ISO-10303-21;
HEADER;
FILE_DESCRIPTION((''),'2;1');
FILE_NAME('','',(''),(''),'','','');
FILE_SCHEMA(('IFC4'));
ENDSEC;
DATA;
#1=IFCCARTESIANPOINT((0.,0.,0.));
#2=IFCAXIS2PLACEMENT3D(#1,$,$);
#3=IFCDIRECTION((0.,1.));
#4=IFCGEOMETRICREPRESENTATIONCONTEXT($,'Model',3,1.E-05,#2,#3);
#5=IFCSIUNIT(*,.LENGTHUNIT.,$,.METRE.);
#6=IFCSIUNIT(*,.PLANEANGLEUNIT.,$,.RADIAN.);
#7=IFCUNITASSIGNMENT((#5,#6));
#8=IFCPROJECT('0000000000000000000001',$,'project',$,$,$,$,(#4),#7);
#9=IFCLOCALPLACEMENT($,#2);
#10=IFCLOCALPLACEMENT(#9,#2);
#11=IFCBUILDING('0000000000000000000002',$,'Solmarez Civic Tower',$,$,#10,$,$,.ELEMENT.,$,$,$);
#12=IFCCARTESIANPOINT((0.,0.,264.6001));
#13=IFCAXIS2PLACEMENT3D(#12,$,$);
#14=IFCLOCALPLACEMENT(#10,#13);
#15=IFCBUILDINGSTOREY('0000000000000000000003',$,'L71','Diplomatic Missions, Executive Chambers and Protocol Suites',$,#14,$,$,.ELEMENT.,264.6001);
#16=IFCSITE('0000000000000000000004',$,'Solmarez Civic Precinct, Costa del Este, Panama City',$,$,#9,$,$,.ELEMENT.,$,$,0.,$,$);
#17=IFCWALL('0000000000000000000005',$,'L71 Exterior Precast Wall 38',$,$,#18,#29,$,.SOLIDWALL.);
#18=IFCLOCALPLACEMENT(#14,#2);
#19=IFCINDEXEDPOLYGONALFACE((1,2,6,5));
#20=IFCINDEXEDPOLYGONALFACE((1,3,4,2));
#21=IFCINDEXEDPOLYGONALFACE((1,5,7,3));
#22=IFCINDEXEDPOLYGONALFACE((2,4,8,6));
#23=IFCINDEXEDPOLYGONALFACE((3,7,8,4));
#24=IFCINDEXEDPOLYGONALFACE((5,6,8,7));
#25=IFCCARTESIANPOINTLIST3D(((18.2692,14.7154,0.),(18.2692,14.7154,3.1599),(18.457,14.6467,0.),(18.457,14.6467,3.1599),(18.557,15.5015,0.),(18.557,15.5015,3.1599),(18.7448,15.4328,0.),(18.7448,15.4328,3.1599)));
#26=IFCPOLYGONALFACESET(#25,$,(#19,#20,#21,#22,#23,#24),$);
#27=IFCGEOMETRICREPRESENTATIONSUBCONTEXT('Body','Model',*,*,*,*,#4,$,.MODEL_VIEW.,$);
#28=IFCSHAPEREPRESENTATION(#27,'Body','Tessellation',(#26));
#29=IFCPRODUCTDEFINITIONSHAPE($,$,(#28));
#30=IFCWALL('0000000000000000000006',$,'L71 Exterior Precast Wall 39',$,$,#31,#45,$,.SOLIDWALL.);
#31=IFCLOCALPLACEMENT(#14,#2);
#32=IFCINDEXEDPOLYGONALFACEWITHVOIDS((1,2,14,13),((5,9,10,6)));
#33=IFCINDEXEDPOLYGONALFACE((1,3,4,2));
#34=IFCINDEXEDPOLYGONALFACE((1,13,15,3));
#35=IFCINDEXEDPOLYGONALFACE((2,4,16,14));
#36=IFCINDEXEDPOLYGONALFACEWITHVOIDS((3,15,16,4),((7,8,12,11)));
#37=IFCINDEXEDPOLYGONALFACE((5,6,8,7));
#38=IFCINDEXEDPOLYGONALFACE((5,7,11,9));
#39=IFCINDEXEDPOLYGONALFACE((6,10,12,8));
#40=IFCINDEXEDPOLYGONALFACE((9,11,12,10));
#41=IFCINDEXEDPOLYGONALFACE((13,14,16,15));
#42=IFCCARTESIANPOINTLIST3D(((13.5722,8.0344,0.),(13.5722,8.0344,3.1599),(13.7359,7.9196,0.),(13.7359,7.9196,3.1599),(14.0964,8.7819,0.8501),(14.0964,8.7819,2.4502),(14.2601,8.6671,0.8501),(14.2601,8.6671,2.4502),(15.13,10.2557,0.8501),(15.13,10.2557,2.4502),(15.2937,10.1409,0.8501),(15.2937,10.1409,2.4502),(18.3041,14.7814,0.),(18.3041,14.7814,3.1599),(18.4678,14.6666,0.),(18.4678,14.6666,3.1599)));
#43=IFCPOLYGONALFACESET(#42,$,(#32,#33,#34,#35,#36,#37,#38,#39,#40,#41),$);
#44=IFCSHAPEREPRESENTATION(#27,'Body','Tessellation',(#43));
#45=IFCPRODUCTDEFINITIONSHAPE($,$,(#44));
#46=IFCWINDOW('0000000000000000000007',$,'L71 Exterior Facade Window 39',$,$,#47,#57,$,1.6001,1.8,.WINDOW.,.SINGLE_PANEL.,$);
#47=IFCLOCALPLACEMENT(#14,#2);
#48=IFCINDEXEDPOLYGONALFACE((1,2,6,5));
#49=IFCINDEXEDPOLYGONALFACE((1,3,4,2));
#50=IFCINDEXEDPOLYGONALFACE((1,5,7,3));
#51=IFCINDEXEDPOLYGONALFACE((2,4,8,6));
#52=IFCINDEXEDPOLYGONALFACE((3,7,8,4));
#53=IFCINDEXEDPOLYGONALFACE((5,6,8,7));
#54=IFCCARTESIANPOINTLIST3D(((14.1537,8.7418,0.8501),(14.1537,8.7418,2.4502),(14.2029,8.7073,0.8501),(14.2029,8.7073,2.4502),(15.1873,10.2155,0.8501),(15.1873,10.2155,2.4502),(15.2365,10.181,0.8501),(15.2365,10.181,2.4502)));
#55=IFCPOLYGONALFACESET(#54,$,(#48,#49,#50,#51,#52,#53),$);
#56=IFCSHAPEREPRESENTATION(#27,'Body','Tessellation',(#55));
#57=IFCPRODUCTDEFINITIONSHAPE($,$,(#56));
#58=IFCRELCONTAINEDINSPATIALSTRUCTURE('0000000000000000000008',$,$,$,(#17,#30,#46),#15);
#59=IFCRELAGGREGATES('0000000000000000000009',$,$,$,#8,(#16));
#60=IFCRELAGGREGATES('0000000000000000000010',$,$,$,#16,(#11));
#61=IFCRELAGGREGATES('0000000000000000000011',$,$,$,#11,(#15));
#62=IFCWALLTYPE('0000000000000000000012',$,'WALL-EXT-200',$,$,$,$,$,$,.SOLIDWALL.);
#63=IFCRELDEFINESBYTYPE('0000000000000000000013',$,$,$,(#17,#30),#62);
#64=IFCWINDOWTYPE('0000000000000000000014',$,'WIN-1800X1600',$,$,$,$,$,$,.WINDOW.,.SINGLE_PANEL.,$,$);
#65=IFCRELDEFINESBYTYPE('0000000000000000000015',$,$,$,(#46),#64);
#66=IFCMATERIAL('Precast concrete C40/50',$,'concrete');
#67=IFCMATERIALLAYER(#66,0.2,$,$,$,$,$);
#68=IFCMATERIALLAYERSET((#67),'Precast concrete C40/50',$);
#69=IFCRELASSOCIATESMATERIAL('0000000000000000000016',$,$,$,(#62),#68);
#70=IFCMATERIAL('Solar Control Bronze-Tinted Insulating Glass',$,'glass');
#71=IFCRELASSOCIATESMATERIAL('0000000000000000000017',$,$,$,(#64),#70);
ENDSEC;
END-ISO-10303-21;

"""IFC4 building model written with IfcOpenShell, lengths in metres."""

from ifc_helpers import new_model, si_unit, direction, frame, frame_2d, origin, place, context, subcontext, project, spatial, rectangle, extrude, material, layer, layer_set, type_object, element, fill, save


model = new_model("IFC4")

# Units and contexts
model_context = context("Model", 3, precision=1e-05, world=origin(), true_north=direction((0.0, 1.0)))
body_context = subcontext(model_context, "Body", "Model", "MODEL_VIEW")
ifc_project = project(units=[si_unit("LENGTHUNIT", "METRE"), si_unit("PLANEANGLEUNIT", "RADIAN")], contexts=[model_context])

# Site, building, storey
site_placement = place(None, origin())
site = spatial("IfcSite", under=ifc_project, at=site_placement, Name="Solmarez Civic Precinct, Costa del Este, Panama City", CompositionType="ELEMENT", RefElevation=0.0)
building_placement = place(site_placement, origin())
building = spatial("IfcBuilding", under=site, at=building_placement, Name="Solmarez Civic Tower", CompositionType="ELEMENT")
storey_placement = place(building_placement, frame((0.0, 0.0, 264.6001)))
storey = spatial("IfcBuildingStorey", under=building, at=storey_placement, Name="L71", Description="Diplomatic Missions, Executive Chambers and Protocol Suites", CompositionType="ELEMENT", Elevation=264.6001)

# Shared definitions
ifc_material_1 = material(Name="Precast concrete C40/50", Category="concrete")
ifc_layer_1 = layer(ifc_material_1, 0.2)
ifc_layer_set_1 = layer_set([ifc_layer_1], Name="Precast concrete C40/50")
wall_type_1 = type_object("IfcWallType", Name="WALL-EXT-200", PredefinedType="SOLIDWALL", material=ifc_layer_set_1)
ifc_material_2 = material(Name="Solar Control Bronze-Tinted Insulating Glass", Category="glass")

# Wall
wall_1_placement = place(storey_placement, frame((18.6509, 15.467, 0.0), z_axis=(0.0, 0.0, 1.0), x_axis=(-0.343826, -0.939033, 0.0)))
element("IfcWall", 1, at=wall_1_placement, inside=storey, type_object=wall_type_1, Name="L71 Exterior Precast Wall 38", PredefinedType="SOLIDWALL", context=body_context, shape_type="SweptSolid", body=[
    extrude(rectangle(XDim=0.8372, YDim=0.2, at=frame_2d((0.4185, 0.0))), origin(), (0.0, 0.0, 1.0), 3.1599),
])

# Wall, opening, window
wall_2_placement = place(storey_placement, frame((18.386, 14.7241, 0.0), z_axis=(0.0, 0.0, 1.0), x_axis=(-0.574194, -0.818719, 0.0)))
wall_2 = element("IfcWall", 2, at=wall_2_placement, inside=storey, type_object=wall_type_1, Name="L71 Exterior Precast Wall 39", PredefinedType="SOLIDWALL", context=body_context, shape_type="SweptSolid", body=[
    extrude(rectangle(XDim=8.241, YDim=0.2, at=frame_2d((4.1206, 0.0))), origin(), (0.0, 0.0, 1.0), 3.1599),
])
opening_1_placement = place(wall_2_placement, frame((5.5281, 0.0, 0.8501)))
opening_1 = element("IfcOpeningElement", 3, at=opening_1_placement, cuts=wall_2, PredefinedType="OPENING", context=body_context, shape_type="SweptSolid", body=[
    extrude(rectangle(XDim=1.8, YDim=1.6001, at=frame_2d((0.8999, 0.8))), frame((0.0, 0.1099, 0.0), z_axis=(0.0, -1.0, 0.0), x_axis=(1.0, 0.0, 0.0)), (0.0, 0.0, 1.0), 0.22),
])
window_type_1 = type_object("IfcWindowType", Name="WIN-1800X1600", PartitioningType="SINGLE_PANEL", PredefinedType="WINDOW", material=ifc_material_2)
window_1_placement = place(opening_1_placement, origin())
window_1 = element("IfcWindow", 4, at=window_1_placement, inside=storey, type_object=window_type_1, Name="L71 Exterior Facade Window 39", OverallHeight=1.6001, OverallWidth=1.8, PartitioningType="SINGLE_PANEL", PredefinedType="WINDOW", context=body_context, shape_type="SweptSolid", body=[
    extrude(rectangle(XDim=1.8, YDim=1.6001, at=frame_2d((0.8999, 0.8))), frame((0.0, 0.03, 0.0), z_axis=(0.0, -1.0, 0.0), x_axis=(1.0, 0.0, 0.0)), (0.0, 0.0, 1.0), 0.0601),
])
fill(opening_1, window_1)

save(model, "model.ifc")
